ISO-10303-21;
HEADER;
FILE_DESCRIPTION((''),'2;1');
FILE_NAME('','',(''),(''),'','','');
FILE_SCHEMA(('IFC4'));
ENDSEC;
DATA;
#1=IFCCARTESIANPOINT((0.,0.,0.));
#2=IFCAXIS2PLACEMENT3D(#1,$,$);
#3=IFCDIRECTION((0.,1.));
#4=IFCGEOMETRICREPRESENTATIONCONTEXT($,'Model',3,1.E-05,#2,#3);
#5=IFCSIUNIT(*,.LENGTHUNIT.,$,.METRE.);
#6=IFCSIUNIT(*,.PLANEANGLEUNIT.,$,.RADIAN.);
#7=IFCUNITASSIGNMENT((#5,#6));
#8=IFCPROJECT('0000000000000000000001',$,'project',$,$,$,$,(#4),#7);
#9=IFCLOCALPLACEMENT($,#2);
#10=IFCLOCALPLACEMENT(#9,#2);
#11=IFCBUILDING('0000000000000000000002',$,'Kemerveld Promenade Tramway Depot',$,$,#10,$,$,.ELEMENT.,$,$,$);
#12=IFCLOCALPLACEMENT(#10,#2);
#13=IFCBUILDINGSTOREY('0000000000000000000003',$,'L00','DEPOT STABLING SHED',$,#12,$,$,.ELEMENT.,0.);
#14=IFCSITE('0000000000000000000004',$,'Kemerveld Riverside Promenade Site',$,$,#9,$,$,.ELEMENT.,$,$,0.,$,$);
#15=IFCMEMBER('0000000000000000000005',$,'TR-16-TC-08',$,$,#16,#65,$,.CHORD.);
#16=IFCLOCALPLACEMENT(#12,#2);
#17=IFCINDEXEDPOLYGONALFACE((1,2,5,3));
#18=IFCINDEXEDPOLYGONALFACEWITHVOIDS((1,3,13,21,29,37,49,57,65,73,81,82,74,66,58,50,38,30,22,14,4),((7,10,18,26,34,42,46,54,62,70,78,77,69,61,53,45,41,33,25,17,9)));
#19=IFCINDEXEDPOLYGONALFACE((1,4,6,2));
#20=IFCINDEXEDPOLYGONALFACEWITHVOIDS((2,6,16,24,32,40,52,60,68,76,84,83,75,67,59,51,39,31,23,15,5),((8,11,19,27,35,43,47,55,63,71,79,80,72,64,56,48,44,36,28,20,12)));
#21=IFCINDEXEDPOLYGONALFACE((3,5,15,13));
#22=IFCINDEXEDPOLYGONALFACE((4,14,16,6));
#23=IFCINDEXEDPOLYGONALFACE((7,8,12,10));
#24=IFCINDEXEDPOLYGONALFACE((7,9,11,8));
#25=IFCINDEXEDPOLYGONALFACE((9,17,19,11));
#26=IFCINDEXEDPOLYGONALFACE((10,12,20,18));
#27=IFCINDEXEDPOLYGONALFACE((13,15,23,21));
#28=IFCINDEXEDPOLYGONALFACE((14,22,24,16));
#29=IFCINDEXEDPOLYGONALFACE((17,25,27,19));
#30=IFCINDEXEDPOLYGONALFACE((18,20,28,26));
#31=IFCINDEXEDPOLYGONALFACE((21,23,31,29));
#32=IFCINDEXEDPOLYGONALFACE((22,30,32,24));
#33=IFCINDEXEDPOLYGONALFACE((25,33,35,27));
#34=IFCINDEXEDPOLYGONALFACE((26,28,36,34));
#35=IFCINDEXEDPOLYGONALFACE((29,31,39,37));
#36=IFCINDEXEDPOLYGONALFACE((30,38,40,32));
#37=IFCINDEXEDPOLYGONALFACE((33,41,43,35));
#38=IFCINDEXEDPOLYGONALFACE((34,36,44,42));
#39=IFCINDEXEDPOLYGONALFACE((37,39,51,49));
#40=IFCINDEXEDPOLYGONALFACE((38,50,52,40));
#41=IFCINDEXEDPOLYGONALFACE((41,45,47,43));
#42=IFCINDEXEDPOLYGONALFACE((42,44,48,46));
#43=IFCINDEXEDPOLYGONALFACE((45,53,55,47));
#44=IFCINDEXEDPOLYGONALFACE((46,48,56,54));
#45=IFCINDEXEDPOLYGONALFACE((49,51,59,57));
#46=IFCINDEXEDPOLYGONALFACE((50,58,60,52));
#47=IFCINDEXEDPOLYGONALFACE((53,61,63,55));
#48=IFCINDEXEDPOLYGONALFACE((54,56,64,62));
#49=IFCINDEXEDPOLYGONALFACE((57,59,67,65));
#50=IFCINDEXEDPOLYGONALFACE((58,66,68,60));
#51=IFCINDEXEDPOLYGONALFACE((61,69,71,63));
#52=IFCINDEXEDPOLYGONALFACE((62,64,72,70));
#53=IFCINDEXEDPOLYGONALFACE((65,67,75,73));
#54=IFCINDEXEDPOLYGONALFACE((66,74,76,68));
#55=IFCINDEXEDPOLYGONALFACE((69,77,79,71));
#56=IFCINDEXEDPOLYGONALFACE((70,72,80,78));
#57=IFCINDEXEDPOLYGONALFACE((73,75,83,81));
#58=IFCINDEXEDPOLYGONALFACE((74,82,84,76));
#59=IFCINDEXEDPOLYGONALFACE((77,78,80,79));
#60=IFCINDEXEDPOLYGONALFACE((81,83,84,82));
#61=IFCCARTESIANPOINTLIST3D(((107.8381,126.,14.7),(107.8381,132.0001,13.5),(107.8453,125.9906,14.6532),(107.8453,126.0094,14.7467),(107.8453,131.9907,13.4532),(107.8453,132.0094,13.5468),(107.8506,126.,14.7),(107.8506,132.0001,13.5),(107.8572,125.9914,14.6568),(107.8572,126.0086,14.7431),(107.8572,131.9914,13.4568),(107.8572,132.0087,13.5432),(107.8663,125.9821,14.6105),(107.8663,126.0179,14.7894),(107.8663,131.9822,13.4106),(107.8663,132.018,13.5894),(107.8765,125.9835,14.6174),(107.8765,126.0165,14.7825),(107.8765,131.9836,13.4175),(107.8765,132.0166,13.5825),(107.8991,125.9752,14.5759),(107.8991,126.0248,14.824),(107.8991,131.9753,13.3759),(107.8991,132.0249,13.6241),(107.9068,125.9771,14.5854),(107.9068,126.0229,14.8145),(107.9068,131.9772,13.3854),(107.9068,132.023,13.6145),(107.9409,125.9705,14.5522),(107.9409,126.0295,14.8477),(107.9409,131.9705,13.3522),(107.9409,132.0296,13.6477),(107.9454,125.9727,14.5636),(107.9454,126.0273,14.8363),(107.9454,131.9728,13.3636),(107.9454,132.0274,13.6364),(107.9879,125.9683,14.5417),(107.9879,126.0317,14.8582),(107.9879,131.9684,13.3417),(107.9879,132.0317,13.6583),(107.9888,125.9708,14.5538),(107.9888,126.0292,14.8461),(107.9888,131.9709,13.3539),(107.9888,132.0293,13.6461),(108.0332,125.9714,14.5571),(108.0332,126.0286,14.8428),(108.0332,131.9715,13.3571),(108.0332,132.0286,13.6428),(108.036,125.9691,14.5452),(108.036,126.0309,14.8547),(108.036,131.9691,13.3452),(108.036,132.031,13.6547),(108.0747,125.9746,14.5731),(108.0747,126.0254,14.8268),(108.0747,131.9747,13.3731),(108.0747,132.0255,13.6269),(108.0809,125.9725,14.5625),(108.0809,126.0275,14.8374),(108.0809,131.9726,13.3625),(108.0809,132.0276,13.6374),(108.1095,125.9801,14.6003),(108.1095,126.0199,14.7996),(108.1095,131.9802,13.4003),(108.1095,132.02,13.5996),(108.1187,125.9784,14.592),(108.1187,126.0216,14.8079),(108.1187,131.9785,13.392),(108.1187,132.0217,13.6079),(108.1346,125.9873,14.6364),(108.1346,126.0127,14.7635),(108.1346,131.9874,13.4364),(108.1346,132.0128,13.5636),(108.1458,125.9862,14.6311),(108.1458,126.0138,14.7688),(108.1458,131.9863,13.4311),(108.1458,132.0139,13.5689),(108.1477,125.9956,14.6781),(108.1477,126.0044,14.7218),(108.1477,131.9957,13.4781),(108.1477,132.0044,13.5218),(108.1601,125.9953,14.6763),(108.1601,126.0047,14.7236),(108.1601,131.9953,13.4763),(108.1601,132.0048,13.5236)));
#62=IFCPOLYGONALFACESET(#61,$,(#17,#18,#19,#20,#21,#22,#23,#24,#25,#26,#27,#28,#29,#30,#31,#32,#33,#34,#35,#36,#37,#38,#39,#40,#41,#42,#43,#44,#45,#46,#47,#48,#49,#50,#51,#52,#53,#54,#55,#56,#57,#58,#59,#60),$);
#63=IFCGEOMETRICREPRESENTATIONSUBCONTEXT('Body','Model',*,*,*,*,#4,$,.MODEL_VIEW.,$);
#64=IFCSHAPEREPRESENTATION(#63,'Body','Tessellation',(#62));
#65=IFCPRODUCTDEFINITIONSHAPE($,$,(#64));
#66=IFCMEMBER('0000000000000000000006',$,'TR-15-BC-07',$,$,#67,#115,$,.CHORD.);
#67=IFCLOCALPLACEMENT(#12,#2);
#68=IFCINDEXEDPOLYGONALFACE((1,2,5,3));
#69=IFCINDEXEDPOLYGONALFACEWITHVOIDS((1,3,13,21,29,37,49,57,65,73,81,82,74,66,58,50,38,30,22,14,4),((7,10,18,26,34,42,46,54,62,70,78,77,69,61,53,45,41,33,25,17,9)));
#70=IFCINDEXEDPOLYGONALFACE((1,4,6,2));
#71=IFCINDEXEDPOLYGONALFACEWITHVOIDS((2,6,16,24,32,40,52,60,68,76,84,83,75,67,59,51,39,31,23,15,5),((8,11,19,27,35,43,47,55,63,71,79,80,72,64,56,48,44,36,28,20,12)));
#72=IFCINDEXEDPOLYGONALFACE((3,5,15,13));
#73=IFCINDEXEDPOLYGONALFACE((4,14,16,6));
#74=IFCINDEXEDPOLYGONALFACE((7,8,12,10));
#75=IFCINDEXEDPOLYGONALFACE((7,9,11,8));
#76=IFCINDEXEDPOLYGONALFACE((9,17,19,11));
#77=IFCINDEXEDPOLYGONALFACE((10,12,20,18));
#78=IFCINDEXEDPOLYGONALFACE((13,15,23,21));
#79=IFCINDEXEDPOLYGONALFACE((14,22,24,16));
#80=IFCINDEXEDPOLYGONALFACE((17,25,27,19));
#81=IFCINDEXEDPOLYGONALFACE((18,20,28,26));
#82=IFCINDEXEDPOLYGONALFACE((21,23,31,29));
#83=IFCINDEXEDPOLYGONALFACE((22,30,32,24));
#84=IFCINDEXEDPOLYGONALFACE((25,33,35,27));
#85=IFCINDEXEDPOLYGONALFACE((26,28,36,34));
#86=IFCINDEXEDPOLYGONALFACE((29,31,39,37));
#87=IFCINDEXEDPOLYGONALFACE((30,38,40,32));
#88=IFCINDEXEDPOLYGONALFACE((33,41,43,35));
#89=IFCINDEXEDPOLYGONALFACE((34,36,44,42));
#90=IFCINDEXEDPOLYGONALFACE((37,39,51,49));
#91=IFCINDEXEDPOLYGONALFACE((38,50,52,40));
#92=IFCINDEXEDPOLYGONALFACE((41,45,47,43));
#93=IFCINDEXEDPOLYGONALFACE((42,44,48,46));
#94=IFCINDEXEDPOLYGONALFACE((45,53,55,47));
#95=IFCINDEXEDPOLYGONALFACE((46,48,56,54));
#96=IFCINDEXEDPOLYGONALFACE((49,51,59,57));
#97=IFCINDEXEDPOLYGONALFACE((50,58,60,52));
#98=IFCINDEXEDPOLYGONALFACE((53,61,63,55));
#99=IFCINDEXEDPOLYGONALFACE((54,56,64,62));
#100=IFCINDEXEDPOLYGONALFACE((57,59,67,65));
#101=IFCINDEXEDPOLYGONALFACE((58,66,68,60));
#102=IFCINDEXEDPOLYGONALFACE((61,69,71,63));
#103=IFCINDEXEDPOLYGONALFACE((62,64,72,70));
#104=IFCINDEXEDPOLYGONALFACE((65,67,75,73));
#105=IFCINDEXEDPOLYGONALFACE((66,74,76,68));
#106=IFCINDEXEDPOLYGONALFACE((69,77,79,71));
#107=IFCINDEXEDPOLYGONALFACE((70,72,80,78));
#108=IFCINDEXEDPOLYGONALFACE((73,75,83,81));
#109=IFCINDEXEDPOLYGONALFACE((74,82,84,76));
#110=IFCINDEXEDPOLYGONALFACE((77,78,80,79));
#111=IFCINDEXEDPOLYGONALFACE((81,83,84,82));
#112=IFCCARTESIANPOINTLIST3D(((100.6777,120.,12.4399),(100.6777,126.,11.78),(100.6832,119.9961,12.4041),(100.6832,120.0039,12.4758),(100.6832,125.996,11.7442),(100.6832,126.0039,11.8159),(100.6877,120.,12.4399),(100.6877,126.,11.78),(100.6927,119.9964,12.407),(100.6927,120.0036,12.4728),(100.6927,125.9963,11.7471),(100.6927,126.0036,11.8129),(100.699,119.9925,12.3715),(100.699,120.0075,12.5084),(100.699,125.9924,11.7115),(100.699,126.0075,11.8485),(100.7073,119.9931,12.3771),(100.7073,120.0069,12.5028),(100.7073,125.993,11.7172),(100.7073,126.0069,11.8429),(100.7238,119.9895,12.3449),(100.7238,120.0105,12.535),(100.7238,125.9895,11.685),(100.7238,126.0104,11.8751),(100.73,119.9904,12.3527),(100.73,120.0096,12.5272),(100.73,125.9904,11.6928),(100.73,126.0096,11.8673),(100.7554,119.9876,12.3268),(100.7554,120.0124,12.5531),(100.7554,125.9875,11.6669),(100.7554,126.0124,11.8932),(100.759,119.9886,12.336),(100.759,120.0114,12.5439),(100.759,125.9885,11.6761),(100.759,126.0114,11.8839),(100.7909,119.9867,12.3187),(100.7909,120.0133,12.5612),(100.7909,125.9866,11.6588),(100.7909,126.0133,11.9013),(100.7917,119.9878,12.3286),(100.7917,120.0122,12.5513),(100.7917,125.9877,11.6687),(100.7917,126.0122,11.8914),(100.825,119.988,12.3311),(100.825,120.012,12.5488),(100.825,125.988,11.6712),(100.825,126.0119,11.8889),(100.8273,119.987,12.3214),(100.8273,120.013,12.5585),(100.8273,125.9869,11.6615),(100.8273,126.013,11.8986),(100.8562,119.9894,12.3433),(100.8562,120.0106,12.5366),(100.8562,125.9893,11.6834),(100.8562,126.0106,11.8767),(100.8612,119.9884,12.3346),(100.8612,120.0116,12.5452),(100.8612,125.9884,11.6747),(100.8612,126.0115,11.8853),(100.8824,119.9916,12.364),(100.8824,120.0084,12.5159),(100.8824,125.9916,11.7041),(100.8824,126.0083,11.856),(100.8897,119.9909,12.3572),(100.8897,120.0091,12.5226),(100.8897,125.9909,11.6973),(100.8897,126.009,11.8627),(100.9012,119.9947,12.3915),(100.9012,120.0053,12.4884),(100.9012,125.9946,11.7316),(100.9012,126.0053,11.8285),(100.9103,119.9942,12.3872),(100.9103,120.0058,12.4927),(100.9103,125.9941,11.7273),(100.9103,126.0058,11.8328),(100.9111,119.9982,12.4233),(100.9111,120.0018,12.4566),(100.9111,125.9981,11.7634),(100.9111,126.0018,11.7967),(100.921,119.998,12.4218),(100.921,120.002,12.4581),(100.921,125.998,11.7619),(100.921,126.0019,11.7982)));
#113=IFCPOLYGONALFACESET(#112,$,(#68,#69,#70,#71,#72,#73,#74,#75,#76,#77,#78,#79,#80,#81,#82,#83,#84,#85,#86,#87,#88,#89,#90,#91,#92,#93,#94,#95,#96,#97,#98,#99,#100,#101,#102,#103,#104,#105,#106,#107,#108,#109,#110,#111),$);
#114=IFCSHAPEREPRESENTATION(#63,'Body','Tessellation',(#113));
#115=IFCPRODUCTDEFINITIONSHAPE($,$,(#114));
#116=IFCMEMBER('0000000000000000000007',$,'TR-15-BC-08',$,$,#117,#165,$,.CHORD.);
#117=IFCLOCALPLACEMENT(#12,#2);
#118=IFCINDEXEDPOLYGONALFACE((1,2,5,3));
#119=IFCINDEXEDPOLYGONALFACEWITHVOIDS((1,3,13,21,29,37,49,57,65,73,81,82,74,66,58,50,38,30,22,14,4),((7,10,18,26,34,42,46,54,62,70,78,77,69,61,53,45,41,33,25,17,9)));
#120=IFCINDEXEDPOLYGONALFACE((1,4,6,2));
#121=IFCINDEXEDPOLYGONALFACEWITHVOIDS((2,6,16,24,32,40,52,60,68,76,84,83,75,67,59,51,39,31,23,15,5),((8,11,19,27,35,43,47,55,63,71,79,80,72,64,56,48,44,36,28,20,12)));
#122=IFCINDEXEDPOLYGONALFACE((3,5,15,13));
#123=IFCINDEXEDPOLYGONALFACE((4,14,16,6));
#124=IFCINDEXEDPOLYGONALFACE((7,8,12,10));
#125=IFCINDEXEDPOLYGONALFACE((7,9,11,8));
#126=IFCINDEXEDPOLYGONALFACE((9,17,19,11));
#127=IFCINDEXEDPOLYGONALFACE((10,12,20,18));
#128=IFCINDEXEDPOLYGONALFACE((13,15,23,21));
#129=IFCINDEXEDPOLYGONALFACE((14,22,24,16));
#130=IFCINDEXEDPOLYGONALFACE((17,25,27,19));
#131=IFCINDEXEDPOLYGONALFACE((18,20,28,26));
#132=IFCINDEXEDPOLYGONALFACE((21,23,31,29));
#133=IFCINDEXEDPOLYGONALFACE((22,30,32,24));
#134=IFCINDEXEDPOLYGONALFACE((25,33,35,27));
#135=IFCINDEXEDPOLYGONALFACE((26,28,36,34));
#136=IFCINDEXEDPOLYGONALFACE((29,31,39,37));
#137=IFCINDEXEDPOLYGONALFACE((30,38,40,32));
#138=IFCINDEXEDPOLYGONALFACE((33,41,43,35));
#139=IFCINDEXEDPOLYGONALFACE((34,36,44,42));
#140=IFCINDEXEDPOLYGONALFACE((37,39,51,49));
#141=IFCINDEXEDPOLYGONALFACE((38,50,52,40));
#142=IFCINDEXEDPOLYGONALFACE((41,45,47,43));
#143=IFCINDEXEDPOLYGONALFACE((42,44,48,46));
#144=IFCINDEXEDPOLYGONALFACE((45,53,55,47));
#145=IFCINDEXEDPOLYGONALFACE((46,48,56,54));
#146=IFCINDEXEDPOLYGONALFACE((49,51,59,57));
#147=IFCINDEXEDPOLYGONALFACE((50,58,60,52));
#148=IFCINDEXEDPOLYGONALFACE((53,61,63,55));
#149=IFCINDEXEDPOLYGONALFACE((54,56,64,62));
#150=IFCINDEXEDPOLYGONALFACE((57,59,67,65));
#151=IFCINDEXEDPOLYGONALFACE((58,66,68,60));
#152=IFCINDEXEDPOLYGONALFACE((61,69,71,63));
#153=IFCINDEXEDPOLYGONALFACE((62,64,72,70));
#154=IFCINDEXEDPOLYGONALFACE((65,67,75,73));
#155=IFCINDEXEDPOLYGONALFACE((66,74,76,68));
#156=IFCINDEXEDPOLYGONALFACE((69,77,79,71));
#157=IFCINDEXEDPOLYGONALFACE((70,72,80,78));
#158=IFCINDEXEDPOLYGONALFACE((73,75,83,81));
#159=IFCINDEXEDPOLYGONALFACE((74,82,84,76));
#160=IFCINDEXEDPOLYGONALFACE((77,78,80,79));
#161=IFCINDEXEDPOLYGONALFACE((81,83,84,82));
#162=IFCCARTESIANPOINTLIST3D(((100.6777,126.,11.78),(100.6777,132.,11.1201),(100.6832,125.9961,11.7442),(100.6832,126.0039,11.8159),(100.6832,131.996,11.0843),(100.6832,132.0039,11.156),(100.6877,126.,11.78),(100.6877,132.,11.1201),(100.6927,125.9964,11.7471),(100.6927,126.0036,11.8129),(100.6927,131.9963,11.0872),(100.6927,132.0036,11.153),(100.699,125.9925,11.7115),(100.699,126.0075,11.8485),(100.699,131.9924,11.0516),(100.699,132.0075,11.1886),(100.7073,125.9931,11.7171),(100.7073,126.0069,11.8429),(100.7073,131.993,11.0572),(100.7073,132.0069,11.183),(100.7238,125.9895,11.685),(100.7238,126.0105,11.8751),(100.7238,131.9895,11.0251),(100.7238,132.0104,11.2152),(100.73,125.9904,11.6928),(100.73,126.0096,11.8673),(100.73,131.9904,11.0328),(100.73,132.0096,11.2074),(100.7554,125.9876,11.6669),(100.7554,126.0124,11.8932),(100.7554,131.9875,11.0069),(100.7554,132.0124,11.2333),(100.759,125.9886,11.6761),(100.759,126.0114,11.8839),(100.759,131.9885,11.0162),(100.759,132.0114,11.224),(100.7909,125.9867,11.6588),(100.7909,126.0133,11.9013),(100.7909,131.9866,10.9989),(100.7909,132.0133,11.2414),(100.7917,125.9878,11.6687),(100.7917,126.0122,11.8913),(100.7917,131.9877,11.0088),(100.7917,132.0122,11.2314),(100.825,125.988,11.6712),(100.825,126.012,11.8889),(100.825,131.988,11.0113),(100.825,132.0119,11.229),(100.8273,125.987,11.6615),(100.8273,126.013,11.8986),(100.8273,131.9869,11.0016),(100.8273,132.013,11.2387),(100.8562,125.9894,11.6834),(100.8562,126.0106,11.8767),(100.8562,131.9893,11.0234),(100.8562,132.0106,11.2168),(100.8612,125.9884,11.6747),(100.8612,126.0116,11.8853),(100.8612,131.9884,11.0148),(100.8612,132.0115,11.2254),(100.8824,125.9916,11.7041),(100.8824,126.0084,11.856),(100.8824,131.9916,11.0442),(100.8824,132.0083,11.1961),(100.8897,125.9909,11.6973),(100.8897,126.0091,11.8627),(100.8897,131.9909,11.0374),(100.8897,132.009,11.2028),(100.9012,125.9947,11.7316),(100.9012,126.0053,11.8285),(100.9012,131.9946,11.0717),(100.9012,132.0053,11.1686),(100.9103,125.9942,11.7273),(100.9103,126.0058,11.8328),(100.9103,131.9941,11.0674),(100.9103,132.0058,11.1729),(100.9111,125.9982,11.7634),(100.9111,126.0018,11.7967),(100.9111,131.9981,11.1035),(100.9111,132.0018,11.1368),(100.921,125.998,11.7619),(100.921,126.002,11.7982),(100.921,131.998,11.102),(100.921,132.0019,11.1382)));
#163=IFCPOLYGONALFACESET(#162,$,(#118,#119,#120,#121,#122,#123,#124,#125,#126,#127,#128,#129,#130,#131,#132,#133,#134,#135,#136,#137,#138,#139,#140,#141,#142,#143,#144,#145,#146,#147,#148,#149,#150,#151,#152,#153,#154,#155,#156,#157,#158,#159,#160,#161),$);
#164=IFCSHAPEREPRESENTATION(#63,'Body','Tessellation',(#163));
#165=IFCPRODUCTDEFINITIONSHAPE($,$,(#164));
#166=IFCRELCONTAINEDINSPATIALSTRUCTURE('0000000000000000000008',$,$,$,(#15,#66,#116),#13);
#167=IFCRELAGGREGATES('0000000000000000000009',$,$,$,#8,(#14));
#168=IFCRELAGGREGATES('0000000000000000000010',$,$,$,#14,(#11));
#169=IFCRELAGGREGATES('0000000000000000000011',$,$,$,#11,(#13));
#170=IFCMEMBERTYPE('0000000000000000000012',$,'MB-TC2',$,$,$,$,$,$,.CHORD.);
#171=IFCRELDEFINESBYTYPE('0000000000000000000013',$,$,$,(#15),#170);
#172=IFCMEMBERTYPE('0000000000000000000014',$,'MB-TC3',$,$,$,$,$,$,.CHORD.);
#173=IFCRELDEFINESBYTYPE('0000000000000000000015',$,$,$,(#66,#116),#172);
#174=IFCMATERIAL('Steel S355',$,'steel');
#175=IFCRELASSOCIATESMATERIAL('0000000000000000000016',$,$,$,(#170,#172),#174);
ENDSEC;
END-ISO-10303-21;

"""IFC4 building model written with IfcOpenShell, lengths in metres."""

from ifc_helpers import new_model, si_unit, direction, frame, origin, origin_2d, place, context, subcontext, project, spatial, hollow_circle, extrude, material, material_profile, profile_set, type_object, element, save


model = new_model("IFC4")

# Units and contexts
model_context = context("Model", 3, precision=1e-05, world=origin(), true_north=direction((0.0, 1.0)))
body_context = subcontext(model_context, "Body", "Model", "MODEL_VIEW")
ifc_project = project(units=[si_unit("LENGTHUNIT", "METRE"), si_unit("PLANEANGLEUNIT", "RADIAN")], contexts=[model_context])

# Site, building, storey
site_placement = place(None, origin())
site = spatial("IfcSite", under=ifc_project, at=site_placement, Name="Kemerveld Riverside Promenade Site", CompositionType="ELEMENT", RefElevation=0.0)
building_placement = place(site_placement, origin())
building = spatial("IfcBuilding", under=site, at=building_placement, Name="Kemerveld Promenade Tramway Depot", CompositionType="ELEMENT")
storey_placement = place(building_placement, origin())
storey = spatial("IfcBuildingStorey", under=building, at=storey_placement, Name="L00", Description="DEPOT STABLING SHED", CompositionType="ELEMENT", Elevation=0.0)

# Members
ifc_material_1 = material(Name="Steel S355", Category="steel")
ifc_material_profile_1 = material_profile(ifc_material_1, hollow_circle(Radius=0.1619, WallThickness=0.0125, at=origin_2d()), Name="323.9x12.5 CHS")
ifc_profile_set_1 = profile_set([ifc_material_profile_1], Name="Steel S355")
member_type_1 = type_object("IfcMemberType", Name="MB-TC2", PredefinedType="CHORD", material=ifc_profile_set_1)
for number, where, z_axis, x_axis, name in (
    (1, (108.0, 126.0, 14.7), (0.0, 0.980582, -0.196108), (-1.0, 0.0, 0.0), "TR-16-TC-08"),
):
    element("IfcMember", number, at=place(storey_placement, frame(where, z_axis=z_axis, x_axis=x_axis)), inside=storey, type_object=member_type_1, Name=name, PredefinedType="CHORD", context=body_context, shape_type="SweptSolid", body=[
        extrude(hollow_circle(Radius=0.1619, WallThickness=0.0125, at=origin_2d()), origin(), (0.0, 0.0, 1.0), 6.1189),
    ])
ifc_material_profile_2 = material_profile(ifc_material_1, hollow_circle(Radius=0.1223, WallThickness=0.01, at=origin_2d()), Name="244.5x10.0 CHS")
ifc_profile_set_2 = profile_set([ifc_material_profile_2], Name="Steel S355")
member_type_2 = type_object("IfcMemberType", Name="MB-TC3", PredefinedType="CHORD", material=ifc_profile_set_2)
for number, where, z_axis, x_axis, name in (
    (2, (100.8, 120.0, 12.4399), (0.0, 0.994006, -0.109326), (-1.0, 0.0, 0.0), "TR-15-BC-07"),
    (3, (100.8, 126.0, 11.78), (0.0, 0.994006, -0.109326), (-1.0, 0.0, 0.0), "TR-15-BC-08"),
):
    element("IfcMember", number, at=place(storey_placement, frame(where, z_axis=z_axis, x_axis=x_axis)), inside=storey, type_object=member_type_2, Name=name, PredefinedType="CHORD", context=body_context, shape_type="SweptSolid", body=[
        extrude(hollow_circle(Radius=0.1223, WallThickness=0.01, at=origin_2d()), origin(), (0.0, 0.0, 1.0), 6.0361),
    ])

save(model, "model.ifc")
